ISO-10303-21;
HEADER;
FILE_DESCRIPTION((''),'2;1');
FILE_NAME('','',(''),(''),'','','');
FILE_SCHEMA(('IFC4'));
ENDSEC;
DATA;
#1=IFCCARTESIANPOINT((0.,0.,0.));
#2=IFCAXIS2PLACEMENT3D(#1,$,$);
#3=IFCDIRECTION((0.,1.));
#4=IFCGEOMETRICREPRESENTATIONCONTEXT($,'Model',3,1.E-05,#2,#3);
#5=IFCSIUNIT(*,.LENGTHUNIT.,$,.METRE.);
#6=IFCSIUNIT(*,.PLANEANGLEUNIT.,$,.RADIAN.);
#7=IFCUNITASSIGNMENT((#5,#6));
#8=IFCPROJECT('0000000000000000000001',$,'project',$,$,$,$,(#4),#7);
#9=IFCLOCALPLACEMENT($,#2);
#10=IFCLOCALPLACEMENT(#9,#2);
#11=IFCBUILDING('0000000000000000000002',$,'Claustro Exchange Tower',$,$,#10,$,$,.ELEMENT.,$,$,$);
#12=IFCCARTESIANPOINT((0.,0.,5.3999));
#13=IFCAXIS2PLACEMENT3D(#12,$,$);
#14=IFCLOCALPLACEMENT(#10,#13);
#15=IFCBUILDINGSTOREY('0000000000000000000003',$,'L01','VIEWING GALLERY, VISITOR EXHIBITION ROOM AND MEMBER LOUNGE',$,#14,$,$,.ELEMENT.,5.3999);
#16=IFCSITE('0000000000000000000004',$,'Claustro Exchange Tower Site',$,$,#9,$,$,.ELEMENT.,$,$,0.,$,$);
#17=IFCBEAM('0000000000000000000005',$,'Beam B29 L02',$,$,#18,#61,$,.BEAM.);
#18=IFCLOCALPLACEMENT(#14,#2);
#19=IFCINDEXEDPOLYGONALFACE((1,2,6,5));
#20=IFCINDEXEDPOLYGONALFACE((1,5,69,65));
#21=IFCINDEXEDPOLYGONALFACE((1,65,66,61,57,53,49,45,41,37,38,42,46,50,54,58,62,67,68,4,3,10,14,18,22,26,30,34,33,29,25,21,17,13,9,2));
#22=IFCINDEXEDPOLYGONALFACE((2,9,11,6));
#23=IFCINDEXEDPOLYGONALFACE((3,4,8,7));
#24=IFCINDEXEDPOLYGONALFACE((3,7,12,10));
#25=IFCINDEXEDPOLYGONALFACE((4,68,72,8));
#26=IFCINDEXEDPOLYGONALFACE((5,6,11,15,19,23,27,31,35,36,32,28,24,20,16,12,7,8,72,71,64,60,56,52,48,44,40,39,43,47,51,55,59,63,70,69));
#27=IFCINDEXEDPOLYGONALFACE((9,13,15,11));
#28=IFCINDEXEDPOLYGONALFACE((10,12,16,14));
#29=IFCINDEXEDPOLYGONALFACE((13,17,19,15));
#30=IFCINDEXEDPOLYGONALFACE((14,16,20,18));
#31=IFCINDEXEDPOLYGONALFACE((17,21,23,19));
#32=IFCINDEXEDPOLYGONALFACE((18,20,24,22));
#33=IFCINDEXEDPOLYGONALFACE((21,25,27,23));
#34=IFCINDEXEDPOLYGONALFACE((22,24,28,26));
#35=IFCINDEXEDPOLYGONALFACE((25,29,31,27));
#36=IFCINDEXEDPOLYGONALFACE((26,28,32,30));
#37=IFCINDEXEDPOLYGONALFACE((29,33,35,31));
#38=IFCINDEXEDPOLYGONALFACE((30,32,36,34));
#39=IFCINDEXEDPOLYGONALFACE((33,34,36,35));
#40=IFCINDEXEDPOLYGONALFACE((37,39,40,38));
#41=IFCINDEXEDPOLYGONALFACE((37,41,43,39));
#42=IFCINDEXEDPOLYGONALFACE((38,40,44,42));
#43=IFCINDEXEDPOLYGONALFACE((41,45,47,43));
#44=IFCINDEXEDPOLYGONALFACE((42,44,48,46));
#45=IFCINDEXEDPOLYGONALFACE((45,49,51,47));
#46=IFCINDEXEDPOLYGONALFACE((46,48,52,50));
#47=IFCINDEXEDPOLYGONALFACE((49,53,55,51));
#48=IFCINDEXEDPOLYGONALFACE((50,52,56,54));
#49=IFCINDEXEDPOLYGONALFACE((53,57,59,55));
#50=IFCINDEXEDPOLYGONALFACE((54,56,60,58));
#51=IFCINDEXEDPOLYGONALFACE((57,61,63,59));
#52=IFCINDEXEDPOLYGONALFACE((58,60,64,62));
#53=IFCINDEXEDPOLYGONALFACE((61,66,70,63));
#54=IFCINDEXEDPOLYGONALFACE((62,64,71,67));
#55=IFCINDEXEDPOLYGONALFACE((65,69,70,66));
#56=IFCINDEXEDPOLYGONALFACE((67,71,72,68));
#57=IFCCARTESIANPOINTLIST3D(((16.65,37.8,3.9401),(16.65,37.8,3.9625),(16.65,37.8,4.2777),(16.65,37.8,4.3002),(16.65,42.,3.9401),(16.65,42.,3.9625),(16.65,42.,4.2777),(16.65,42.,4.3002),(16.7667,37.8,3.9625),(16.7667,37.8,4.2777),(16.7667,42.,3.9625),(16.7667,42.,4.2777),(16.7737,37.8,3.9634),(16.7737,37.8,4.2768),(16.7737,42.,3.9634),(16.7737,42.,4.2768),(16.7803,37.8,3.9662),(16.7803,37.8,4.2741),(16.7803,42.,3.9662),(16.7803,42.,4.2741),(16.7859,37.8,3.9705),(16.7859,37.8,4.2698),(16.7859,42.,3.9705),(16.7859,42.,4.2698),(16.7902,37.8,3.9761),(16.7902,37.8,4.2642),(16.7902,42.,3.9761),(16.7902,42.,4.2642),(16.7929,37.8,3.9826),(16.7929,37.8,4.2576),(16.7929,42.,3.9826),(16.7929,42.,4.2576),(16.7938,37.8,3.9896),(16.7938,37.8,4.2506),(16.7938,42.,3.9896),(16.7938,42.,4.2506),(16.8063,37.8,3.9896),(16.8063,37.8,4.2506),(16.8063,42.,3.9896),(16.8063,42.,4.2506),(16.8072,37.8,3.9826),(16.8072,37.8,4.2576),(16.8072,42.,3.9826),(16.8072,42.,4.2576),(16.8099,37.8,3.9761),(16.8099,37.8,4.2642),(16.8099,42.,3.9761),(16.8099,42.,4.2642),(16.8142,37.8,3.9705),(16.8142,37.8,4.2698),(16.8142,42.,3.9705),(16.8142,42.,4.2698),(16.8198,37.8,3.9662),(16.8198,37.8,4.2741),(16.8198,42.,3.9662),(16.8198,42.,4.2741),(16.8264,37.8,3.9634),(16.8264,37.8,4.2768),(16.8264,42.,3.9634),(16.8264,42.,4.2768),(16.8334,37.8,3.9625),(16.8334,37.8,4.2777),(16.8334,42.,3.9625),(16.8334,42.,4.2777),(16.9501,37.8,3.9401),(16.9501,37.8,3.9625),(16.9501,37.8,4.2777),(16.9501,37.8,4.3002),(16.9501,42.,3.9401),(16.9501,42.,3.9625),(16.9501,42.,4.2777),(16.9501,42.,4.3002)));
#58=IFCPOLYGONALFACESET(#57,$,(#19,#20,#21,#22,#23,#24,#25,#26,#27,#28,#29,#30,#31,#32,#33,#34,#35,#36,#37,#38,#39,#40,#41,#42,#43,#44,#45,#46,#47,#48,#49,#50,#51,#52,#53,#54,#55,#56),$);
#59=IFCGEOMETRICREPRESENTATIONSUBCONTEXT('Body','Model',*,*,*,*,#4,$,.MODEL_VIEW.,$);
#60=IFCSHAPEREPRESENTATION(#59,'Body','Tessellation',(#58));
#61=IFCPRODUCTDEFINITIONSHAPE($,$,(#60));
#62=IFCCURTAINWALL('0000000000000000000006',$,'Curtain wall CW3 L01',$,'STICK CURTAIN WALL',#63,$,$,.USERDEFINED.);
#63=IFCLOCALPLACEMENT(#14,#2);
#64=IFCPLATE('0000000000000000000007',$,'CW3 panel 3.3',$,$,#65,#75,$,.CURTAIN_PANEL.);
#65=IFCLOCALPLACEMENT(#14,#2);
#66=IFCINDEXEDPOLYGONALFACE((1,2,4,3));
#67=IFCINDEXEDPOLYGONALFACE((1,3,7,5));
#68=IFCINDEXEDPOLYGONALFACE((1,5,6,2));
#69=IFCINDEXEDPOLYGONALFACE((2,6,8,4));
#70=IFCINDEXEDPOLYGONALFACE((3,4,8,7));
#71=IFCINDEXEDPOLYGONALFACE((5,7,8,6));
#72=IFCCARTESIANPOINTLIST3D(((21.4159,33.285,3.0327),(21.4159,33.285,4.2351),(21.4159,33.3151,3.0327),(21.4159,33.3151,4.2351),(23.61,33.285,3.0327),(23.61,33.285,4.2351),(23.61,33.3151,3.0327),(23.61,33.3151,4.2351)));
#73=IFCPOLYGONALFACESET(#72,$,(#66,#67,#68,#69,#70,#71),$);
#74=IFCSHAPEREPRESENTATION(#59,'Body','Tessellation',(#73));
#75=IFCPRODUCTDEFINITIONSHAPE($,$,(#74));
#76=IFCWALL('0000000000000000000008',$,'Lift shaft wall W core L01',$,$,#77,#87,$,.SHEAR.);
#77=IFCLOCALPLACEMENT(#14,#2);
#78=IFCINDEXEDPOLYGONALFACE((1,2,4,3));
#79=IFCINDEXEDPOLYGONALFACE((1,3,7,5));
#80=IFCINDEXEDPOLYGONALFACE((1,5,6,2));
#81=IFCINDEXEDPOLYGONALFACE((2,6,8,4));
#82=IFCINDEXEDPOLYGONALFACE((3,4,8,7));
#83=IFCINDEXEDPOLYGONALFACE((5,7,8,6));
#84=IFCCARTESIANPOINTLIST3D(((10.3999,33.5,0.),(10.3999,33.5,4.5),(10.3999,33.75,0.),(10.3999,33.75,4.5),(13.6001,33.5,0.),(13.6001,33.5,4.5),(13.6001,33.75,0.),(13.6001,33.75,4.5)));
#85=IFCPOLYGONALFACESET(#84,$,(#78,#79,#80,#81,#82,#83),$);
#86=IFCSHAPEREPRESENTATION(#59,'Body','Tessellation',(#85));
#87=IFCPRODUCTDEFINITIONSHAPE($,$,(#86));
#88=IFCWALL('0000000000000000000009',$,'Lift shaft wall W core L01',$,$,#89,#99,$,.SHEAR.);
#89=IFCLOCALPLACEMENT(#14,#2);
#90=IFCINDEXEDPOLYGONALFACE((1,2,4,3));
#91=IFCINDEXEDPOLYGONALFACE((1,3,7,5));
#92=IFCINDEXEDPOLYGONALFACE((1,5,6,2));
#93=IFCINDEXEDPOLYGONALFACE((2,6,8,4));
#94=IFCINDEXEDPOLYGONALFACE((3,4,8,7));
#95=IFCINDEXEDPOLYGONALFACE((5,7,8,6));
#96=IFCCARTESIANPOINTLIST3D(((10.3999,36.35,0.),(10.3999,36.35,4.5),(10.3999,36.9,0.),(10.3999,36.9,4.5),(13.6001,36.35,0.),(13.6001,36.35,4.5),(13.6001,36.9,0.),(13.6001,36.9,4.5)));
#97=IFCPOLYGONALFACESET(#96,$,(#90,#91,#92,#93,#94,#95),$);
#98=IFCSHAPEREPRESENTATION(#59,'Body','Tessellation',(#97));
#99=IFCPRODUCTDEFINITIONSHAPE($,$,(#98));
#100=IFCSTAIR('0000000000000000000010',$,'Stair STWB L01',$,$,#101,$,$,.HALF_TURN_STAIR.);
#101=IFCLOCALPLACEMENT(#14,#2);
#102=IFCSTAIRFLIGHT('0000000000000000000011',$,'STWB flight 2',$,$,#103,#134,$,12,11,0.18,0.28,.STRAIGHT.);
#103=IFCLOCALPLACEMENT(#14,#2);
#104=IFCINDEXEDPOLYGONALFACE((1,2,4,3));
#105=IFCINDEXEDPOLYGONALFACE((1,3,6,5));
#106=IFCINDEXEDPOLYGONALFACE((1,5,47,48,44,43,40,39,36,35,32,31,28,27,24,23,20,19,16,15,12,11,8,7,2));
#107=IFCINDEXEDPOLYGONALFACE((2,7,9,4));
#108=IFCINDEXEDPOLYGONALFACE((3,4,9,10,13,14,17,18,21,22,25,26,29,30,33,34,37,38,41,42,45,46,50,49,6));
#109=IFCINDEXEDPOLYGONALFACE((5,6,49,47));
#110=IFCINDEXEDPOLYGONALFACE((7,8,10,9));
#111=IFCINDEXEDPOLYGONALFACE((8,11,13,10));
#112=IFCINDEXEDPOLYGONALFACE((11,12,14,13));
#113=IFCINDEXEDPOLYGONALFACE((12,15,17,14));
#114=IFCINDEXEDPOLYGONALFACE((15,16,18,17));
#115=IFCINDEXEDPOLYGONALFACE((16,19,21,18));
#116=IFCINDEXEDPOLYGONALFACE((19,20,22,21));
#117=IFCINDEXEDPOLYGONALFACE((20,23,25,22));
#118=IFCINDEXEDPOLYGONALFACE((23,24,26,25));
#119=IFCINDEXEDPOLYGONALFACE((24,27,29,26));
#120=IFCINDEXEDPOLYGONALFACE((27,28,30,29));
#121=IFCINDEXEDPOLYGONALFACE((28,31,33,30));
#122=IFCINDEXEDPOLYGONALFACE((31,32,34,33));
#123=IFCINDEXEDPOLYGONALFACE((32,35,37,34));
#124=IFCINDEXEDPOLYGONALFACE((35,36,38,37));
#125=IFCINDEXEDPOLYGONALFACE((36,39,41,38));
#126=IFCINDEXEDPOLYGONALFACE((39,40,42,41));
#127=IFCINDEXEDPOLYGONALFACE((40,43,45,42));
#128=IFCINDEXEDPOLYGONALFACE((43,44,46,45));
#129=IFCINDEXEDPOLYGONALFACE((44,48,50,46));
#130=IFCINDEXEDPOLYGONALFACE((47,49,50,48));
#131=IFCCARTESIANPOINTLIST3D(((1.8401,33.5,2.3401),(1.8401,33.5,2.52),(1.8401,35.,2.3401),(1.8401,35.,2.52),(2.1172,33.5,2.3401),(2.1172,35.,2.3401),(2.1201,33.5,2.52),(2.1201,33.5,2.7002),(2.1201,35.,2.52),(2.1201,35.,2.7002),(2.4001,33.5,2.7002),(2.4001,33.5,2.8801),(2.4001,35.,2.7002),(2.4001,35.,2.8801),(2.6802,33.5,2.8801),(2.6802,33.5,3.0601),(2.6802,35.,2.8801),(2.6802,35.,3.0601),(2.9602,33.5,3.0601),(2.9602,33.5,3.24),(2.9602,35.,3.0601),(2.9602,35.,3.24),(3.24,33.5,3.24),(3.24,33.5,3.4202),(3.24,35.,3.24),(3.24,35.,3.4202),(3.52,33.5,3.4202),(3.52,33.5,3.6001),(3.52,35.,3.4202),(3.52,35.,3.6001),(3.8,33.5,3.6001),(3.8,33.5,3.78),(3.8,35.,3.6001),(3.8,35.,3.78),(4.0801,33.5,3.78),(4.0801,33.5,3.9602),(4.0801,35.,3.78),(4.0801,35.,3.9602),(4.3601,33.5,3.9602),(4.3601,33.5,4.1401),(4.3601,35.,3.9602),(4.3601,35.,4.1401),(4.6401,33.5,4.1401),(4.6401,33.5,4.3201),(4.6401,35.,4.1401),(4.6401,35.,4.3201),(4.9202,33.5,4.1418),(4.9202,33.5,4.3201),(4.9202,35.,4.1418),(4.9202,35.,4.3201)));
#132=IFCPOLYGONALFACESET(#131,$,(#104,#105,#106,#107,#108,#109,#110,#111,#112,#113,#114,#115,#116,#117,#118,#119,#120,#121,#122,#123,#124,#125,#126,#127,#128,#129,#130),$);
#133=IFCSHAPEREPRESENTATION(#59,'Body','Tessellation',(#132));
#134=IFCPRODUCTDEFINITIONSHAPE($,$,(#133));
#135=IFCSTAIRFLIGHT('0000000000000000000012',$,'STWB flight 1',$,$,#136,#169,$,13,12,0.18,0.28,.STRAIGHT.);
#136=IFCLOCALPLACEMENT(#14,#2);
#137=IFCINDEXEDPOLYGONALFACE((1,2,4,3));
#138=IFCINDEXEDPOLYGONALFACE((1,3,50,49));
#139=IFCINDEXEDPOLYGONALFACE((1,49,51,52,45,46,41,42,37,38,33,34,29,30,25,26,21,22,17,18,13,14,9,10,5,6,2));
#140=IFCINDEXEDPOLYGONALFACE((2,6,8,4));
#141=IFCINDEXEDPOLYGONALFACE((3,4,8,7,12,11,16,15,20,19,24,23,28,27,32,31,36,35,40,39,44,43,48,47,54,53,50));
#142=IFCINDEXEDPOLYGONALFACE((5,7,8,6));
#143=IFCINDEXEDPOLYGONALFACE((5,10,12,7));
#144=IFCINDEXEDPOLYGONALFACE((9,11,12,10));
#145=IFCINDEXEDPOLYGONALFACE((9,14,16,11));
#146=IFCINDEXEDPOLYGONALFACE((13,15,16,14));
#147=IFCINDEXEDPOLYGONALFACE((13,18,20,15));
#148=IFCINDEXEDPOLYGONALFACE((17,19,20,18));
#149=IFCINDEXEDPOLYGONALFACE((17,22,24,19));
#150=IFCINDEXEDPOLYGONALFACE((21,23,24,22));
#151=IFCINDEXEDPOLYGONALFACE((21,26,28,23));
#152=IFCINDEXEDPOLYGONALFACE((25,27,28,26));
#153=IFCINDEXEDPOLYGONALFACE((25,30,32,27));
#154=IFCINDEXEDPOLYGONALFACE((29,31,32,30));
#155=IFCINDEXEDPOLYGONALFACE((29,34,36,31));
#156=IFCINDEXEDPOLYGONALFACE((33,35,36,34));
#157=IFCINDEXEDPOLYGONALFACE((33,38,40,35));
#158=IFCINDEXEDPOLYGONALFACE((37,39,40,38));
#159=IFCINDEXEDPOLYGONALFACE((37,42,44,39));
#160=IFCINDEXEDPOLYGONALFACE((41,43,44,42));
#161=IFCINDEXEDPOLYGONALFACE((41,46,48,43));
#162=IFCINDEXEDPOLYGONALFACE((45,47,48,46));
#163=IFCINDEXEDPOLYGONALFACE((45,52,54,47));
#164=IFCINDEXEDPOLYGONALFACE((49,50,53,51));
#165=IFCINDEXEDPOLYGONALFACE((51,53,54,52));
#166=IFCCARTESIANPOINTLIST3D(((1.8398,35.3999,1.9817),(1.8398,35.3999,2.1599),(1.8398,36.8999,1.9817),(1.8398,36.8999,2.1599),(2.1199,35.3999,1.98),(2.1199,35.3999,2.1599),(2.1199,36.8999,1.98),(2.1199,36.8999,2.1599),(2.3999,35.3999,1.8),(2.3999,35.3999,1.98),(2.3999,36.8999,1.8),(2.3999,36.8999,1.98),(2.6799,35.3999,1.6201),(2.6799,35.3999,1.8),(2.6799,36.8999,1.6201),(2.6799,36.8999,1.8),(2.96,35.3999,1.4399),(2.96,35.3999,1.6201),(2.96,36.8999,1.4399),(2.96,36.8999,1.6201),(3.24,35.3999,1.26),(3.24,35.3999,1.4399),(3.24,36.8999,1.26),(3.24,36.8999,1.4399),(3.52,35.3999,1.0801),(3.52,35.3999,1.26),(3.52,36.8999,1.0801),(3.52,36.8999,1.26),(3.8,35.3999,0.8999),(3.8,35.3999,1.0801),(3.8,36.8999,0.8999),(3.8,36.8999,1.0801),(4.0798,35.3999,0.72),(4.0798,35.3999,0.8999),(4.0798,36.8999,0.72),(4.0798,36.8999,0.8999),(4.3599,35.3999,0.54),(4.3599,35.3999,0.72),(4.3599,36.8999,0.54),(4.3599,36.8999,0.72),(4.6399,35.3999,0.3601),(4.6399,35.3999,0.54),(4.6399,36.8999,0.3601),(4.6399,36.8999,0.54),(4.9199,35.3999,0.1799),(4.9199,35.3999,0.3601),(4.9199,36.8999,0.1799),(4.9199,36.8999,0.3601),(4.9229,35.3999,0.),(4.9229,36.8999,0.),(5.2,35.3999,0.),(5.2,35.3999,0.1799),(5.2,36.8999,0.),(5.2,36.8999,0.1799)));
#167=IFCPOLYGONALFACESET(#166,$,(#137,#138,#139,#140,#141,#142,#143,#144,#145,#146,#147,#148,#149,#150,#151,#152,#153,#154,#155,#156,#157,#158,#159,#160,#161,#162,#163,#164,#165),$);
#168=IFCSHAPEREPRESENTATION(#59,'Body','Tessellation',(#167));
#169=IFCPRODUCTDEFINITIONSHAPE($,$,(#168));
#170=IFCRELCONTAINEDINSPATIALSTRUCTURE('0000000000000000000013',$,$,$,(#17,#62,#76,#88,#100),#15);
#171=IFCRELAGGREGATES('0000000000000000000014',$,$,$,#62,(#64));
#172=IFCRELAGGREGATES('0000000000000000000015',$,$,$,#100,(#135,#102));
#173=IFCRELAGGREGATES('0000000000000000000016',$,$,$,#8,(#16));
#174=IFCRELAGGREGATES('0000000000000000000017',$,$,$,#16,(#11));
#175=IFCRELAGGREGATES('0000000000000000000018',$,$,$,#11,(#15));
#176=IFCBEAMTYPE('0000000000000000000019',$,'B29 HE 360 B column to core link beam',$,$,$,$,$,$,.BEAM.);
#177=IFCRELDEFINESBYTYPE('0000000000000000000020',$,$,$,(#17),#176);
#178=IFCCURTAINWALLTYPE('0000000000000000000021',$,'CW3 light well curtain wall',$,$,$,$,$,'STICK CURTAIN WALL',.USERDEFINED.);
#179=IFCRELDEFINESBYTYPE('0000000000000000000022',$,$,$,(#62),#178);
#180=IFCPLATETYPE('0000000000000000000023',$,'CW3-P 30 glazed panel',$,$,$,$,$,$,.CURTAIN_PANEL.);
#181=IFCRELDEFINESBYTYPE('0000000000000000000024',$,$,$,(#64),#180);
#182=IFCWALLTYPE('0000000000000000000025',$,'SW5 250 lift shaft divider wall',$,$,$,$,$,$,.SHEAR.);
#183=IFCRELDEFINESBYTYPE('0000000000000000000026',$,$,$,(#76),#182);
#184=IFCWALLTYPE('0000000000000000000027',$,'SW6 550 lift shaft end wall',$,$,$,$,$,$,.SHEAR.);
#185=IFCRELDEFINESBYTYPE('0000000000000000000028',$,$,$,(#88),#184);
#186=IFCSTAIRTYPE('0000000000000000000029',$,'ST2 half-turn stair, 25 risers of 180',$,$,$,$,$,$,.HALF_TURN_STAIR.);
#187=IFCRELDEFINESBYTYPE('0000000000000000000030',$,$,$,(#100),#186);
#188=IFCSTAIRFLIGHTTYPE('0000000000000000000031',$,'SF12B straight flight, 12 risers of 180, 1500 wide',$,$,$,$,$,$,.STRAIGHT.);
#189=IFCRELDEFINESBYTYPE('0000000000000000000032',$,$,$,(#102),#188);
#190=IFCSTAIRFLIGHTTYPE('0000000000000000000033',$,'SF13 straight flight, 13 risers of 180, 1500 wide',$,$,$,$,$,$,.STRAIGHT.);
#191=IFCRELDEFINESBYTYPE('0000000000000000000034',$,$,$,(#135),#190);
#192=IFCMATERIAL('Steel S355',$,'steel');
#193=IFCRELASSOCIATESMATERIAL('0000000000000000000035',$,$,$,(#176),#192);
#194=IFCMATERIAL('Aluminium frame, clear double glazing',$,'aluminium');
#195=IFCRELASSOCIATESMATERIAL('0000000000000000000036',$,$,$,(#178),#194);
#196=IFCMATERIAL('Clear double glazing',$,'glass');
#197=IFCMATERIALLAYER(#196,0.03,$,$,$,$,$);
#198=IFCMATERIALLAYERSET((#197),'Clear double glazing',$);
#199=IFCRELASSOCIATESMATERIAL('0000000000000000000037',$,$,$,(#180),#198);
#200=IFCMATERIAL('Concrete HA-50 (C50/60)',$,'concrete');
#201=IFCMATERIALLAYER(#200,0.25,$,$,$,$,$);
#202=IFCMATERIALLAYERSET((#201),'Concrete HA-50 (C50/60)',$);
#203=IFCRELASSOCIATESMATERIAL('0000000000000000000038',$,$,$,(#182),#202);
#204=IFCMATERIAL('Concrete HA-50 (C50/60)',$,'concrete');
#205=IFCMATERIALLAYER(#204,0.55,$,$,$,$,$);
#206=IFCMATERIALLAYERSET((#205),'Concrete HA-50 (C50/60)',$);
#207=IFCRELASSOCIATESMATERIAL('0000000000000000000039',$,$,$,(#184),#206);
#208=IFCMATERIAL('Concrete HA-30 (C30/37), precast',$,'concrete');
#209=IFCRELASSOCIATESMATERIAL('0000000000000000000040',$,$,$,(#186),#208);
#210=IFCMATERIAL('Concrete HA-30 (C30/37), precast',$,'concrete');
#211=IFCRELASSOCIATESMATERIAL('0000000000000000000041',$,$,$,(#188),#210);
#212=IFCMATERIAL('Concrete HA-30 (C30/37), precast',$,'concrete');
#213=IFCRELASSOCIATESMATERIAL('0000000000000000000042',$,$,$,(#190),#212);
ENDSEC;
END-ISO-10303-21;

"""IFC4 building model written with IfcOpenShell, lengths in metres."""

from ifc_helpers import new_model, si_unit, direction, frame, frame_2d, origin, origin_2d, place, context, subcontext, project, spatial, polyline, rectangle, i_section, outline, extrude, material, layer, layer_set, material_profile, profile_set, type_object, element, aggregate, save


model = new_model("IFC4")

# Units and contexts
model_context = context("Model", 3, precision=1e-05, world=origin(), true_north=direction((0.0, 1.0)))
body_context = subcontext(model_context, "Body", "Model", "MODEL_VIEW")
ifc_project = project(units=[si_unit("LENGTHUNIT", "METRE"), si_unit("PLANEANGLEUNIT", "RADIAN")], contexts=[model_context])

# Site, building, storey
site_placement = place(None, origin())
site = spatial("IfcSite", under=ifc_project, at=site_placement, Name="Claustro Exchange Tower Site", CompositionType="ELEMENT", RefElevation=0.0)
building_placement = place(site_placement, origin())
building = spatial("IfcBuilding", under=site, at=building_placement, Name="Claustro Exchange Tower", CompositionType="ELEMENT")
storey_placement = place(building_placement, frame((0.0, 0.0, 5.3999)))
storey = spatial("IfcBuildingStorey", under=building, at=storey_placement, Name="L01", Description="VIEWING GALLERY, VISITOR EXHIBITION ROOM AND MEMBER LOUNGE", CompositionType="ELEMENT", Elevation=5.3999)

# Beam
ifc_material_1 = material(Name="Steel S355", Category="steel")
ifc_material_profile_1 = material_profile(ifc_material_1, i_section(OverallWidth=0.3, OverallDepth=0.3601, WebThickness=0.0125, FlangeThickness=0.0225, FilletRadius=0.0271, at=origin_2d()), Name="HE 360 B")
ifc_profile_set_1 = profile_set([ifc_material_profile_1], Name="Steel S355")
beam_type_1 = type_object("IfcBeamType", Name="B29 HE 360 B column to core link beam", PredefinedType="BEAM", material=ifc_profile_set_1)
for number, where, z_axis, x_axis, name in (
    (1, (16.8, 37.8, 4.1201), (0.0, 1.0, 0.0), (-1.0, 0.0, 0.0), "Beam B29 L02"),
):
    element("IfcBeam", number, at=place(storey_placement, frame(where, z_axis=z_axis, x_axis=x_axis)), inside=storey, type_object=beam_type_1, Name=name, PredefinedType="BEAM", context=body_context, shape_type="SweptSolid", body=[
        extrude(i_section(OverallWidth=0.3, OverallDepth=0.3601, WebThickness=0.0125, FlangeThickness=0.0225, FilletRadius=0.0271, at=origin_2d()), origin(), (0.0, 0.0, 1.0), 4.2),
    ])

# Curtain wall, plate
ifc_material_2 = material(Name="Aluminium frame, clear double glazing", Category="aluminium")
curtain_wall_type = type_object("IfcCurtainWallType", Name="CW3 light well curtain wall", ElementType="STICK CURTAIN WALL", PredefinedType="USERDEFINED", material=ifc_material_2)
curtain_wall_placement = place(storey_placement, origin())
curtain_wall = element("IfcCurtainWall", 2, at=curtain_wall_placement, inside=storey, type_object=curtain_wall_type, Name="Curtain wall CW3 L01", ObjectType="STICK CURTAIN WALL", PredefinedType="USERDEFINED")
ifc_material_3 = material(Name="Clear double glazing", Category="glass")
ifc_layer_1 = layer(ifc_material_3, 0.03)
ifc_layer_set_1 = layer_set([ifc_layer_1], Name="Clear double glazing")
plate_type = type_object("IfcPlateType", Name="CW3-P 30 glazed panel", PredefinedType="CURTAIN_PANEL", material=ifc_layer_set_1)
plate_placement = place(storey_placement, frame((22.5129, 33.3, 3.0327), z_axis=(0.0, 0.0, 1.0), x_axis=(1.0, 0.0, 0.0)))
plate = element("IfcPlate", 3, at=plate_placement, type_object=plate_type, Name="CW3 panel 3.3", PredefinedType="CURTAIN_PANEL", context=body_context, shape_type="SweptSolid", body=[
    extrude(rectangle(XDim=2.1941, YDim=0.03, at=origin_2d()), origin(), (0.0, 0.0, 1.0), 1.2024),
])
aggregate(curtain_wall, [plate])

# Walls
ifc_material_4 = material(Name="Concrete HA-50 (C50/60)", Category="concrete")
ifc_layer_2 = layer(ifc_material_4, 0.25)
ifc_layer_set_2 = layer_set([ifc_layer_2], Name="Concrete HA-50 (C50/60)")
wall_type_1 = type_object("IfcWallType", Name="SW5 250 lift shaft divider wall", PredefinedType="SHEAR", material=ifc_layer_set_2)
wall_1_placement = place(storey_placement, frame((10.3999, 33.625, 0.0), z_axis=(0.0, 0.0, 1.0), x_axis=(1.0, 0.0, 0.0)))
element("IfcWall", 4, at=wall_1_placement, inside=storey, type_object=wall_type_1, Name="Lift shaft wall W core L01", PredefinedType="SHEAR", context=body_context, shape_type="SweptSolid", body=[
    extrude(rectangle(XDim=3.2002, YDim=0.25, at=frame_2d((1.6001, 0.0))), origin(), (0.0, 0.0, 1.0), 4.5),
])
ifc_material_5 = material(Name="Concrete HA-50 (C50/60)", Category="concrete")
ifc_layer_3 = layer(ifc_material_5, 0.55)
ifc_layer_set_3 = layer_set([ifc_layer_3], Name="Concrete HA-50 (C50/60)")
wall_type_2 = type_object("IfcWallType", Name="SW6 550 lift shaft end wall", PredefinedType="SHEAR", material=ifc_layer_set_3)
wall_2_placement = place(storey_placement, frame((10.3999, 36.625, 0.0), z_axis=(0.0, 0.0, 1.0), x_axis=(1.0, 0.0, 0.0)))
element("IfcWall", 5, at=wall_2_placement, inside=storey, type_object=wall_type_2, Name="Lift shaft wall W core L01", PredefinedType="SHEAR", context=body_context, shape_type="SweptSolid", body=[
    extrude(rectangle(XDim=3.2002, YDim=0.55, at=frame_2d((1.6001, 0.0))), origin(), (0.0, 0.0, 1.0), 4.5),
])

# Stair, stair flights
ifc_material_6 = material(Name="Concrete HA-30 (C30/37), precast", Category="concrete")
stair_type = type_object("IfcStairType", Name="ST2 half-turn stair, 25 risers of 180", PredefinedType="HALF_TURN_STAIR", material=ifc_material_6)
stair_placement = place(storey_placement, origin())
stair = element("IfcStair", 6, at=stair_placement, inside=storey, type_object=stair_type, Name="Stair STWB L01", PredefinedType="HALF_TURN_STAIR")
ifc_material_7 = material(Name="Concrete HA-30 (C30/37), precast", Category="concrete")
stair_flight_type_1 = type_object("IfcStairFlightType", Name="SF12B straight flight, 12 risers of 180, 1500 wide", PredefinedType="STRAIGHT", material=ifc_material_7)
stair_flight_1_placement = place(storey_placement, frame((1.8401, 34.25, 2.3401), z_axis=(0.0, 0.0, 1.0), x_axis=(1.0, 0.0, 0.0)))
stair_flight_1 = element("IfcStairFlight", 7, at=stair_flight_1_placement, type_object=stair_flight_type_1, Name="STWB flight 2", NumberOfRisers=12, NumberOfTreads=11, PredefinedType="STRAIGHT", RiserHeight=0.18, TreadLength=0.28, context=body_context, shape_type="SweptSolid", body=[
    extrude(outline(polyline([(0.0, 0.0), (0.0, 0.1799), (0.28, 0.1799), (0.28, 0.3601), (0.5601, 0.3601), (0.5601, 0.54), (0.8401, 0.54), (0.8401, 0.72), (1.1201, 0.72), (1.1201, 0.8999), (1.3999, 0.8999), (1.3999, 1.0801), (1.6799, 1.0801), (1.6799, 1.26), (1.96, 1.26), (1.96, 1.4399), (2.24, 1.4399), (2.24, 1.6201), (2.52, 1.6201), (2.52, 1.8), (2.8, 1.8), (2.8, 1.98), (3.0801, 1.98), (3.0801, 2.1599), (3.0801, 1.8018), (0.2771, 0.0), (0.0, 0.0)])), frame((0.0, 0.75, 0.0), z_axis=(0.0, -1.0, 0.0), x_axis=(1.0, 0.0, 0.0)), (0.0, 0.0, 1.0), 1.5),
])
ifc_material_8 = material(Name="Concrete HA-30 (C30/37), precast", Category="concrete")
stair_flight_type_2 = type_object("IfcStairFlightType", Name="SF13 straight flight, 13 risers of 180, 1500 wide", PredefinedType="STRAIGHT", material=ifc_material_8)
stair_flight_2_placement = place(storey_placement, frame((5.2, 36.1499, 0.0), z_axis=(0.0, 0.0, 1.0), x_axis=(-1.0, 0.0, 0.0)))
stair_flight_2 = element("IfcStairFlight", 8, at=stair_flight_2_placement, type_object=stair_flight_type_2, Name="STWB flight 1", NumberOfRisers=13, NumberOfTreads=12, PredefinedType="STRAIGHT", RiserHeight=0.18, TreadLength=0.28, context=body_context, shape_type="SweptSolid", body=[
    extrude(outline(polyline([(0.0, 0.0), (0.0, 0.1799), (0.28, 0.1799), (0.28, 0.3601), (0.5601, 0.3601), (0.5601, 0.54), (0.8401, 0.54), (0.8401, 0.72), (1.1201, 0.72), (1.1201, 0.8999), (1.3999, 0.8999), (1.3999, 1.0801), (1.6799, 1.0801), (1.6799, 1.26), (1.96, 1.26), (1.96, 1.4399), (2.24, 1.4399), (2.24, 1.6201), (2.52, 1.6201), (2.52, 1.8), (2.8, 1.8), (2.8, 1.98), (3.0801, 1.98), (3.0801, 2.1599), (3.3601, 2.1599), (3.3601, 2.3401), (3.3601, 1.9817), (0.2771, 0.0), (0.0, 0.0)])), frame((0.0, 0.75, 0.0), z_axis=(0.0, -1.0, 0.0), x_axis=(1.0, 0.0, 0.0)), (0.0, 0.0, 1.0), 1.5),
])
aggregate(stair, [stair_flight_2, stair_flight_1])

save(model, "model.ifc")
